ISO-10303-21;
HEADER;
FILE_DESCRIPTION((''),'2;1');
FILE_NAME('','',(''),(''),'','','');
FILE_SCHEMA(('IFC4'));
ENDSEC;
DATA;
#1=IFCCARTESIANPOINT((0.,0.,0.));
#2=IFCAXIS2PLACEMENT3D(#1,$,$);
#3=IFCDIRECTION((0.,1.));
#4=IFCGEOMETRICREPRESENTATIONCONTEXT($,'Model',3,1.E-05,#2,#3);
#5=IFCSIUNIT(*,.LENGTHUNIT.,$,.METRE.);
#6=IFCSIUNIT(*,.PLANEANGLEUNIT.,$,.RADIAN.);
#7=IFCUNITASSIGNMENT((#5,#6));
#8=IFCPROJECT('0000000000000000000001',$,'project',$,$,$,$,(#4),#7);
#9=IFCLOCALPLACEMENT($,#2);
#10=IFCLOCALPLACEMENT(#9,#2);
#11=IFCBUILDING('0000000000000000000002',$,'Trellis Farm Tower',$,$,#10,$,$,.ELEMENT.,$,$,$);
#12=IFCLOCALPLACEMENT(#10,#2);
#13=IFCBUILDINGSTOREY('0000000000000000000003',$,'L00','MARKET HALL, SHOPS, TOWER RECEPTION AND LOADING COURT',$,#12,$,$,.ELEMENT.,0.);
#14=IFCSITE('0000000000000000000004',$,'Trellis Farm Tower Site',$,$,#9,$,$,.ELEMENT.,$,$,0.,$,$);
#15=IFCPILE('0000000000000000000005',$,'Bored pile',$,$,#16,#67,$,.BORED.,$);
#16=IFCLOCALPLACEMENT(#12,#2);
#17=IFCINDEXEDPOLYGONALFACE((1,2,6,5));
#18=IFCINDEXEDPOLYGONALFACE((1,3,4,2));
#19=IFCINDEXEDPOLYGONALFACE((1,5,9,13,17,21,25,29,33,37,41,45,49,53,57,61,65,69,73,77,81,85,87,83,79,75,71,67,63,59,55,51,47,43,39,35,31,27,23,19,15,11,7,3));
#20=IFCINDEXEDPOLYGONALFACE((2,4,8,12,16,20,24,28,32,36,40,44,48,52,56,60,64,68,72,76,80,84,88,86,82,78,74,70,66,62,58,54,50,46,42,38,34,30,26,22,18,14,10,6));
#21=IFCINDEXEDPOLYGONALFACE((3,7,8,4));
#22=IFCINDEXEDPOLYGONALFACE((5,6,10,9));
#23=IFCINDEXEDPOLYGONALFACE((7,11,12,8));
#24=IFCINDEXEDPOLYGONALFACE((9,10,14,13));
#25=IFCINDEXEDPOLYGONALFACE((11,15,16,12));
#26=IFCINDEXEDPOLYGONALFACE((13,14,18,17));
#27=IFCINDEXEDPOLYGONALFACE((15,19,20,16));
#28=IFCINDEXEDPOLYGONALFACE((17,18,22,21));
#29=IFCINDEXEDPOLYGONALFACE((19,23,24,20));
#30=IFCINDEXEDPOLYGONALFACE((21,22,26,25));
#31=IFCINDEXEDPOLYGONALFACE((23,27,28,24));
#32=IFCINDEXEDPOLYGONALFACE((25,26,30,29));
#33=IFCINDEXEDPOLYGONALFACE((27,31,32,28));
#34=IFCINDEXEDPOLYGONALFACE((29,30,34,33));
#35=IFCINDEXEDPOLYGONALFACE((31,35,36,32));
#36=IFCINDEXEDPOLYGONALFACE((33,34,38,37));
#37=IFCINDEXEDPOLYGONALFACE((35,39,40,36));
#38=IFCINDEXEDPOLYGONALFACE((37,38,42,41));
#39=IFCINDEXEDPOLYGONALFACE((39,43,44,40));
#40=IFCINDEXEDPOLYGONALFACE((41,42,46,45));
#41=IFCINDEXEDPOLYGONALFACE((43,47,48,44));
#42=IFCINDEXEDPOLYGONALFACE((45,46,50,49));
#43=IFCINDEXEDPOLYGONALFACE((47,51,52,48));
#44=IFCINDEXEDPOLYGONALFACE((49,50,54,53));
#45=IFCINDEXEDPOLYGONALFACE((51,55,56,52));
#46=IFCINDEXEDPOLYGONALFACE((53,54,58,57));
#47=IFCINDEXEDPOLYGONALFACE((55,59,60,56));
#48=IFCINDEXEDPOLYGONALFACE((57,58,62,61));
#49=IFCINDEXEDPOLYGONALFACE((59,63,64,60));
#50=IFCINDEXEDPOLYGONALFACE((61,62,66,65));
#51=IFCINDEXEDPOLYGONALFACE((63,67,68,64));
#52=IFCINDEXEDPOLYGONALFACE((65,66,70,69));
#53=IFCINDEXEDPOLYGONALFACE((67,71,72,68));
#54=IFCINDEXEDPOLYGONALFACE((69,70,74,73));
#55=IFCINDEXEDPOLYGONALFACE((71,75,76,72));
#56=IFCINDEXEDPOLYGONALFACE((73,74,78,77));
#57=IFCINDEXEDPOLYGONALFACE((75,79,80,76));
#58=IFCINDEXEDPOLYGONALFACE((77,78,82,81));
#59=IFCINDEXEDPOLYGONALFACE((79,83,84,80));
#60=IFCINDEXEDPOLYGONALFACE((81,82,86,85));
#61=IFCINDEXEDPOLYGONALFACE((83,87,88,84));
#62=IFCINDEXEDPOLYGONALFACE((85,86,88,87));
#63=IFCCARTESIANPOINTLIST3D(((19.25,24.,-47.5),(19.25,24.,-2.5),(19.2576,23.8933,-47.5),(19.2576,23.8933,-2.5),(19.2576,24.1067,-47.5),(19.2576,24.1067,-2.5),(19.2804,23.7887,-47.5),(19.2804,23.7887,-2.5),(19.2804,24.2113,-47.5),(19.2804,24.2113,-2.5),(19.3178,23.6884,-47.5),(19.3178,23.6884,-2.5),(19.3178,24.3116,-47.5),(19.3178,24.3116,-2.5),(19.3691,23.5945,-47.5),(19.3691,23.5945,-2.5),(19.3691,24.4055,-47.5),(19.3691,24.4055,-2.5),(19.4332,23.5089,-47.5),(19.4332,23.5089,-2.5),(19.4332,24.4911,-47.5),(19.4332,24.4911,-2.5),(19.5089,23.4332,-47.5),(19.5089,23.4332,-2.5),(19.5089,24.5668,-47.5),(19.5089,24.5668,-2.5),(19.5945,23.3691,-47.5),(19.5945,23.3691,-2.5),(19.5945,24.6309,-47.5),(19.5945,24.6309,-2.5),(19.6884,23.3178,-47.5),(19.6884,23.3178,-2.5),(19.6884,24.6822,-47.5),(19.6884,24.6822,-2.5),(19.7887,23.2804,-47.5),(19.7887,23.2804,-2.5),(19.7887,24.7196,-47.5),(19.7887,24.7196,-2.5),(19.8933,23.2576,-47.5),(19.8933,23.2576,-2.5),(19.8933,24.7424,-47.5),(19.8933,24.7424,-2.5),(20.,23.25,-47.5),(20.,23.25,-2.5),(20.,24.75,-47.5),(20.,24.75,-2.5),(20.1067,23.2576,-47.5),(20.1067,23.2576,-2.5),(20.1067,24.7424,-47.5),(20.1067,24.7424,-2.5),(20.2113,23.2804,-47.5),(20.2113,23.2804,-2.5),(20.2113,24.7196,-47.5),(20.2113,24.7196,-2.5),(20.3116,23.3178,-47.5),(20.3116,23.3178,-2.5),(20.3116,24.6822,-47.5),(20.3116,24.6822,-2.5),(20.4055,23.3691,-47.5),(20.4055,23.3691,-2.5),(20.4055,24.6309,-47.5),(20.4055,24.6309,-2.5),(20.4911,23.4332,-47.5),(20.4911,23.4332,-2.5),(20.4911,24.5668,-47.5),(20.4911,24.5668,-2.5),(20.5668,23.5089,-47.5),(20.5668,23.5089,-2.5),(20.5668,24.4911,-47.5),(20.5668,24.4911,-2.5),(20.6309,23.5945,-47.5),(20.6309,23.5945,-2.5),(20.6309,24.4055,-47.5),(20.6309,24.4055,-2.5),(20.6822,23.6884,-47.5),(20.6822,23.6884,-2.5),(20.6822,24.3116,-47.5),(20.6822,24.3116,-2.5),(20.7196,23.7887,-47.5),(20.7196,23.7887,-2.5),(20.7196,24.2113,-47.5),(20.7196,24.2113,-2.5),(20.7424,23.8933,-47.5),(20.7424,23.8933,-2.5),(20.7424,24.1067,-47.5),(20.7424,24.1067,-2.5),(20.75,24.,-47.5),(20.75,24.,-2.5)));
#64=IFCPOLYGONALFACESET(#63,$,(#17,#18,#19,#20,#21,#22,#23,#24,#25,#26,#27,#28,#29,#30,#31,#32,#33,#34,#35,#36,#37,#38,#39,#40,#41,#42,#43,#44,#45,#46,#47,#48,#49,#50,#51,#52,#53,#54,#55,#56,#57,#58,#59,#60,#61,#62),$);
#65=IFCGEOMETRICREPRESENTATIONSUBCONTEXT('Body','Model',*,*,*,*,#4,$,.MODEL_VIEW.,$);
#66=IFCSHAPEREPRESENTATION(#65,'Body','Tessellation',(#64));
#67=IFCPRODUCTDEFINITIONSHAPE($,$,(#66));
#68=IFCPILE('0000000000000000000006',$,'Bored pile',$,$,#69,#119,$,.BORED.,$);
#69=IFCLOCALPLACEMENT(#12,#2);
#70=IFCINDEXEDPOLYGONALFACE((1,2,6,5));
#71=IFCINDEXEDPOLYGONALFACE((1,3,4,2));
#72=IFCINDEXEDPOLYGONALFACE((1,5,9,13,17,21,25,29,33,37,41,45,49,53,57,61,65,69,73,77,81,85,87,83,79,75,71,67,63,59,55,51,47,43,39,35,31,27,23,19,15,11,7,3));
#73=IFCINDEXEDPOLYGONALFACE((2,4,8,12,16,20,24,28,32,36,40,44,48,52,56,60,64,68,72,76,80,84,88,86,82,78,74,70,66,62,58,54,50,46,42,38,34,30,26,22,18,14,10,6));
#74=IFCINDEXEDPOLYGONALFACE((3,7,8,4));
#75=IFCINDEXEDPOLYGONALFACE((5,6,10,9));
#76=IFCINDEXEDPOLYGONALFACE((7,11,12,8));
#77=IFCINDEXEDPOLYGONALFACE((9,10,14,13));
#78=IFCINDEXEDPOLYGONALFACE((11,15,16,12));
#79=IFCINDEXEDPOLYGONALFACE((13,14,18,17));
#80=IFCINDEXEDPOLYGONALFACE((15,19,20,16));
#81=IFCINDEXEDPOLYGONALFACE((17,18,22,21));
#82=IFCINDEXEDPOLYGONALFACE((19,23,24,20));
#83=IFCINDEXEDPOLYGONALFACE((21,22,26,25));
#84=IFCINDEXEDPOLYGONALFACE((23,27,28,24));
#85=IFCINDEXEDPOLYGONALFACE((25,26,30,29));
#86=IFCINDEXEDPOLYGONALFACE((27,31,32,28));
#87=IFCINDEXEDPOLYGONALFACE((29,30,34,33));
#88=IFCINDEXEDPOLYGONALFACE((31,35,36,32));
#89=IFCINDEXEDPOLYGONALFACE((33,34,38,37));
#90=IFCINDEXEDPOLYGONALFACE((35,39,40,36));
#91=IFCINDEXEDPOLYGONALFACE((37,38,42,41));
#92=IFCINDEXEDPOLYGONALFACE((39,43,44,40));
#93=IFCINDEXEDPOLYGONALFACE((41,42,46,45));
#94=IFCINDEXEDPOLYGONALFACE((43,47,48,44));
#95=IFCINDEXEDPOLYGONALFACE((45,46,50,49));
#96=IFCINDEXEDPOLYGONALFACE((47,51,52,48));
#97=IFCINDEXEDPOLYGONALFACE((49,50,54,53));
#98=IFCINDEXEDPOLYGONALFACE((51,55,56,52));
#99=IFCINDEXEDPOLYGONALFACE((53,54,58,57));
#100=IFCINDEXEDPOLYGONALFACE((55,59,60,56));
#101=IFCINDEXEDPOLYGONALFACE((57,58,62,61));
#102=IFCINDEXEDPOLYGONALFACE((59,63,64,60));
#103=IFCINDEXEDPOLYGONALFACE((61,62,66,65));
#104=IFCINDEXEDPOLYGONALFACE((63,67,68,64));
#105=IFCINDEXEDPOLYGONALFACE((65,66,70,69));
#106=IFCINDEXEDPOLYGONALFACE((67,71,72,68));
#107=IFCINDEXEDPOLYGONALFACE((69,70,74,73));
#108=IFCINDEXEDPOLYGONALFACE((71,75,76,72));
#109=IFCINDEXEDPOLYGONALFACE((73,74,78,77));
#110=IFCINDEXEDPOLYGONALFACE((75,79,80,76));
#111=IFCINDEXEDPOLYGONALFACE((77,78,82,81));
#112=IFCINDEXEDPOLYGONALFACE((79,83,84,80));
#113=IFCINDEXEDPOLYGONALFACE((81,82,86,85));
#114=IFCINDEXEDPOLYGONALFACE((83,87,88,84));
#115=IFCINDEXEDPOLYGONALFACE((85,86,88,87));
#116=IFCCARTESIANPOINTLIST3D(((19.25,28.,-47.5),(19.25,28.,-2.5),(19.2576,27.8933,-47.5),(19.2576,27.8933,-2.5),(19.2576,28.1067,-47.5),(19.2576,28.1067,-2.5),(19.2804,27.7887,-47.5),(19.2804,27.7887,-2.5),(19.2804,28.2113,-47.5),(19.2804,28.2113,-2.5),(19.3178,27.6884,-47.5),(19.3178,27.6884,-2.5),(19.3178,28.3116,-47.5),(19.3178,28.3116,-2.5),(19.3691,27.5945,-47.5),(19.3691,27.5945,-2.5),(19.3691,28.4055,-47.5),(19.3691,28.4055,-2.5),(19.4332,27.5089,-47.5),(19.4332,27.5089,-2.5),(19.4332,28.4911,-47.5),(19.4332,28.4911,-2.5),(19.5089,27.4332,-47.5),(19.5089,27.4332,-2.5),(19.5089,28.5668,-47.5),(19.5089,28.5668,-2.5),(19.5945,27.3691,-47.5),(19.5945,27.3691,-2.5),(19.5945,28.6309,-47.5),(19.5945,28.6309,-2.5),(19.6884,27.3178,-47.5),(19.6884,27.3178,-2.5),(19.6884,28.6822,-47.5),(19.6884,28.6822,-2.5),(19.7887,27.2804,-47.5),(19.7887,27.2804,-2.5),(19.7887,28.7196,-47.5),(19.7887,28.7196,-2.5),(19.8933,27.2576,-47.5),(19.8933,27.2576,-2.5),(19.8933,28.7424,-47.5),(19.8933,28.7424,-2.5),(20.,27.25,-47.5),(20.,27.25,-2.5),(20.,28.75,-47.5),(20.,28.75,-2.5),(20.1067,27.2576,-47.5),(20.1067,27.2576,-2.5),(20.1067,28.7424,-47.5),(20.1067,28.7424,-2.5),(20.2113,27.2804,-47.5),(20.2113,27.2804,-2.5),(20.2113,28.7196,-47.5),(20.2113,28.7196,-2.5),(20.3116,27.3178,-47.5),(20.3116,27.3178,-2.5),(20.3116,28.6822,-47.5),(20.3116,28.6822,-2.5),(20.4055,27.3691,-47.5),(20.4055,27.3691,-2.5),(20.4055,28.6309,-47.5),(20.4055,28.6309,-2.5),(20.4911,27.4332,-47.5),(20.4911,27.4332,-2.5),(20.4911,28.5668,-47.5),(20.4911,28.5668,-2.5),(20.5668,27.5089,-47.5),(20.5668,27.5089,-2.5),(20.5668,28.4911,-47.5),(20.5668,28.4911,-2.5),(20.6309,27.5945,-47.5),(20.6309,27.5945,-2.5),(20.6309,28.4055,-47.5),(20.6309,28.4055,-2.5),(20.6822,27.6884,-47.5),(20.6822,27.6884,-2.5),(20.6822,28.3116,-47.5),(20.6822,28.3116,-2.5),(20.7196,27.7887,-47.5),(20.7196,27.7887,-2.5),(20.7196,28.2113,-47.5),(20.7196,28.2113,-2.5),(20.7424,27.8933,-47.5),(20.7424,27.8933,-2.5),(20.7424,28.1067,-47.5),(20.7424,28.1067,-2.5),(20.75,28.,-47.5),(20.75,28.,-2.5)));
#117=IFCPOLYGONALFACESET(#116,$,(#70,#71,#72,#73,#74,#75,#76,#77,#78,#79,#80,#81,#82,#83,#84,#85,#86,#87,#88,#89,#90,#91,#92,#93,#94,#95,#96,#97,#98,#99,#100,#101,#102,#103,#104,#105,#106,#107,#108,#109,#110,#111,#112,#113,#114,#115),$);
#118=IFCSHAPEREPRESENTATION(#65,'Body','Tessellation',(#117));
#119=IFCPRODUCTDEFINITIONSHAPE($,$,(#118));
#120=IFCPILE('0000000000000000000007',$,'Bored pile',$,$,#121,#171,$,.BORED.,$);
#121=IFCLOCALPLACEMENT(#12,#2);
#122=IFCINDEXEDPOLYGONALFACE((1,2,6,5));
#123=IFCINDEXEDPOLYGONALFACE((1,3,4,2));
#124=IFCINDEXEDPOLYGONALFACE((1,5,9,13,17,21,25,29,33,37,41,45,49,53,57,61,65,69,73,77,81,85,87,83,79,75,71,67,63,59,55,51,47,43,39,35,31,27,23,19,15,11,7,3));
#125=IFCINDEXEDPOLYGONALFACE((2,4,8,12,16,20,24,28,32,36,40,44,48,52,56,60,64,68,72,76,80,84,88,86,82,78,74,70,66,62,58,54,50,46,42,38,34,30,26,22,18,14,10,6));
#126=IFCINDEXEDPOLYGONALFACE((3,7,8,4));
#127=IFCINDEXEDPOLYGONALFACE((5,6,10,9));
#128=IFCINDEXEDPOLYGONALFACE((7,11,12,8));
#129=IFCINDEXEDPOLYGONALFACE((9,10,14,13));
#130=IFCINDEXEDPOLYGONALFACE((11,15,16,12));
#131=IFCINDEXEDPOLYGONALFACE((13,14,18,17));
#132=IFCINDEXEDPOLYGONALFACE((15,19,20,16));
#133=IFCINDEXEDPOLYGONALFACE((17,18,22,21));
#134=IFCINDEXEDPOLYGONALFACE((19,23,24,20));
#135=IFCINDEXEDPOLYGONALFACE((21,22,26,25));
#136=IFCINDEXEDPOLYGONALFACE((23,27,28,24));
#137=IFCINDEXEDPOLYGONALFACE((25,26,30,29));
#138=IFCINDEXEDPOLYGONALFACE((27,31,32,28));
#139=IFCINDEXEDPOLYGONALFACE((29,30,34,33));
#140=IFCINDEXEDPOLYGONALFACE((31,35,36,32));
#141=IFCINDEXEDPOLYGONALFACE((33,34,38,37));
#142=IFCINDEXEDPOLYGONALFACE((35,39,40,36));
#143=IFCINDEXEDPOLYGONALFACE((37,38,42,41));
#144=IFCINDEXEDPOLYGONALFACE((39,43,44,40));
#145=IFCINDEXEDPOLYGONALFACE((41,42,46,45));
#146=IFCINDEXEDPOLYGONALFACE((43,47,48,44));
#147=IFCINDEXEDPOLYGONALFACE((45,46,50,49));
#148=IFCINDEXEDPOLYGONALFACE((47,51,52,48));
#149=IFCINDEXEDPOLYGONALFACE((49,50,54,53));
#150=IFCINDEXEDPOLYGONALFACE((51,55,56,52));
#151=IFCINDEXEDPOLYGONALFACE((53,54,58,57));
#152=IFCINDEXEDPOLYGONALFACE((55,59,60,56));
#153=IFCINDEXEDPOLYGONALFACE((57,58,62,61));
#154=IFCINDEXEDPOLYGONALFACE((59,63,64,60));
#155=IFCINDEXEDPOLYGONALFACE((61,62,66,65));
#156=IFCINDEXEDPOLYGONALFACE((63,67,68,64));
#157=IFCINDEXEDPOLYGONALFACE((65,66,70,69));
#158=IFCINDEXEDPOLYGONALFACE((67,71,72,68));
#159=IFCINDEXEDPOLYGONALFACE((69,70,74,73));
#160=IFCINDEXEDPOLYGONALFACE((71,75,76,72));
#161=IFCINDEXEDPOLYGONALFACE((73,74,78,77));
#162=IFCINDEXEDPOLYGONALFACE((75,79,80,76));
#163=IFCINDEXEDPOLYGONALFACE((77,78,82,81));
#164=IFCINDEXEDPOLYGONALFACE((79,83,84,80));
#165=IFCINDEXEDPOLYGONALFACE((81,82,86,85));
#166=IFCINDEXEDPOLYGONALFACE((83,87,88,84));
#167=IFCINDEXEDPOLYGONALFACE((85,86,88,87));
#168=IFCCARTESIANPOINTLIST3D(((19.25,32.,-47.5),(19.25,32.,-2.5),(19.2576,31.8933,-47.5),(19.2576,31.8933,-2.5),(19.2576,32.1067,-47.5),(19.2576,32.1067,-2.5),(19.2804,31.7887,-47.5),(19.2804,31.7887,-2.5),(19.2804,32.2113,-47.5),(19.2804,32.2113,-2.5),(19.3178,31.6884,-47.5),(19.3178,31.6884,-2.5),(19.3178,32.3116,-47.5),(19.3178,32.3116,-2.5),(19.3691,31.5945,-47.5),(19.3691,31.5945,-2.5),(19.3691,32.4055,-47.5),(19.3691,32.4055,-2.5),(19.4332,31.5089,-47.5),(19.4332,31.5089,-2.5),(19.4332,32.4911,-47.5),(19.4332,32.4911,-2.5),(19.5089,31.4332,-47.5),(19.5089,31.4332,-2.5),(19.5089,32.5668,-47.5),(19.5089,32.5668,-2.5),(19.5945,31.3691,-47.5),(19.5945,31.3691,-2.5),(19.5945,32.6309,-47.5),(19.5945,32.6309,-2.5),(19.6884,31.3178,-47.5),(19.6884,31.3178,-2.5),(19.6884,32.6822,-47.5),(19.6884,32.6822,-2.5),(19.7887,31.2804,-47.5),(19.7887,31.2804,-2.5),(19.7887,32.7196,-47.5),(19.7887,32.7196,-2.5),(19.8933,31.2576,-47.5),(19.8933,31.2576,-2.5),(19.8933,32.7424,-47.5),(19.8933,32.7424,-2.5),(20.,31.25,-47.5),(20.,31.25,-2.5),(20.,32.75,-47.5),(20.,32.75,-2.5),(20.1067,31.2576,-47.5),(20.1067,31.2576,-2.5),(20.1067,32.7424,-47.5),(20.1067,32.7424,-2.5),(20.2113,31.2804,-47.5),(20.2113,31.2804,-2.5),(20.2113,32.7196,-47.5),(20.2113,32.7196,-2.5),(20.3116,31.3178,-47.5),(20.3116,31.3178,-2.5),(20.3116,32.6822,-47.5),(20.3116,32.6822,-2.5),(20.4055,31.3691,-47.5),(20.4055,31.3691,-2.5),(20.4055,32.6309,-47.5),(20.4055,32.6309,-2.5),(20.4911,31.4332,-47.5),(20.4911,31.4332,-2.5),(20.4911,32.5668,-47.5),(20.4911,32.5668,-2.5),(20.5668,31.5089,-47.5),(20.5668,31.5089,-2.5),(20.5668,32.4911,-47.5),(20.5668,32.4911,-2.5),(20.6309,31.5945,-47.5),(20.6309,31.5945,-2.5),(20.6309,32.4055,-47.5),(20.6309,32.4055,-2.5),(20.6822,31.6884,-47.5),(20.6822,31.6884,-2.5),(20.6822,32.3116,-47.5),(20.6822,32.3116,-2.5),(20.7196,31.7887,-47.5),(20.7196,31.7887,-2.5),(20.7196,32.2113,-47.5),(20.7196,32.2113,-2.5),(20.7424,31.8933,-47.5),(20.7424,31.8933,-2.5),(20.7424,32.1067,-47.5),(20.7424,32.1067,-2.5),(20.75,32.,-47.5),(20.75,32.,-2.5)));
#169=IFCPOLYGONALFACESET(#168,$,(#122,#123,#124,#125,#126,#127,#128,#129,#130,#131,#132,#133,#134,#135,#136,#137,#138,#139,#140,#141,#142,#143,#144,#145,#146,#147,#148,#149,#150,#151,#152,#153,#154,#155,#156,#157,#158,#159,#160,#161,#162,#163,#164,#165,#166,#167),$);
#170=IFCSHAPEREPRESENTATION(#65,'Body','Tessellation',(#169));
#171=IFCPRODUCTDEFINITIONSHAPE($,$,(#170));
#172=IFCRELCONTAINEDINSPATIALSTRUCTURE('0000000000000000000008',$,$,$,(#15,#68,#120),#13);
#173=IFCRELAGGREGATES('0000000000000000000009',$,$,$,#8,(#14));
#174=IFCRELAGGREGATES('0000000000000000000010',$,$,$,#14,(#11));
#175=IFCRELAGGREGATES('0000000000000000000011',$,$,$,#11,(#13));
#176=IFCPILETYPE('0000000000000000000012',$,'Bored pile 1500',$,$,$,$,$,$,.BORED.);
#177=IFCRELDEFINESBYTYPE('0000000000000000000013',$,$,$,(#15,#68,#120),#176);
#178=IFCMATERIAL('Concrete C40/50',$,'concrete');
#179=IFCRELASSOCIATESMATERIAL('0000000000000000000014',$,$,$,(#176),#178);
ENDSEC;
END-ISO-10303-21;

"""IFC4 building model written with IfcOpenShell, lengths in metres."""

from ifc_helpers import new_model, si_unit, direction, frame, origin, origin_2d, place, context, subcontext, project, spatial, circle, extrude, source, transform, mapped, material, material_profile, profile_set, type_object, element, save


model = new_model("IFC4")

# Units and contexts
model_context = context("Model", 3, precision=1e-05, world=origin(), true_north=direction((0.0, 1.0)))
body_context = subcontext(model_context, "Body", "Model", "MODEL_VIEW")
ifc_project = project(units=[si_unit("LENGTHUNIT", "METRE"), si_unit("PLANEANGLEUNIT", "RADIAN")], contexts=[model_context])

# Site, building, storey
site_placement = place(None, origin())
site = spatial("IfcSite", under=ifc_project, at=site_placement, Name="Trellis Farm Tower Site", CompositionType="ELEMENT", RefElevation=0.0)
building_placement = place(site_placement, origin())
building = spatial("IfcBuilding", under=site, at=building_placement, Name="Trellis Farm Tower", CompositionType="ELEMENT")
storey_placement = place(building_placement, origin())
storey = spatial("IfcBuildingStorey", under=building, at=storey_placement, Name="L00", Description="MARKET HALL, SHOPS, TOWER RECEPTION AND LOADING COURT", CompositionType="ELEMENT", Elevation=0.0)

# Piles
ifc_material_1 = material(Name="Concrete C40/50", Category="concrete")
ifc_material_profile = material_profile(ifc_material_1, circle(Radius=0.75, at=origin_2d()), Name="Bored pile 1500")
ifc_profile_set = profile_set([ifc_material_profile], Name="Concrete C40/50")
pile_type = type_object("IfcPileType", Name="Bored pile 1500", PredefinedType="BORED", material=ifc_profile_set)
shared_shape_1 = source(origin(), body_context, "Body", "SweptSolid", [
    extrude(circle(Radius=0.75, at=origin_2d()), origin(), (0.0, 0.0, 1.0), 45.0),
])
for number, where, z_axis, x_axis, name in (
    (1, (20.0, 24.0, -2.5), (0.0, 0.0, -1.0), (1.0, 0.0, 0.0), "Bored pile"),
    (2, (20.0, 28.0, -2.5), (0.0, 0.0, -1.0), (1.0, 0.0, 0.0), "Bored pile"),
    (3, (20.0, 32.0, -2.5), (0.0, 0.0, -1.0), (1.0, 0.0, 0.0), "Bored pile"),
):
    element("IfcPile", number, at=place(storey_placement, frame(where, z_axis=z_axis, x_axis=x_axis)), inside=storey, type_object=pile_type, Name=name, PredefinedType="BORED", context=body_context, shape_type="MappedRepresentation", body=[
        mapped(shared_shape_1, transform((0.0, 0.0, 0.0))),
    ])

save(model, "model.ifc")
